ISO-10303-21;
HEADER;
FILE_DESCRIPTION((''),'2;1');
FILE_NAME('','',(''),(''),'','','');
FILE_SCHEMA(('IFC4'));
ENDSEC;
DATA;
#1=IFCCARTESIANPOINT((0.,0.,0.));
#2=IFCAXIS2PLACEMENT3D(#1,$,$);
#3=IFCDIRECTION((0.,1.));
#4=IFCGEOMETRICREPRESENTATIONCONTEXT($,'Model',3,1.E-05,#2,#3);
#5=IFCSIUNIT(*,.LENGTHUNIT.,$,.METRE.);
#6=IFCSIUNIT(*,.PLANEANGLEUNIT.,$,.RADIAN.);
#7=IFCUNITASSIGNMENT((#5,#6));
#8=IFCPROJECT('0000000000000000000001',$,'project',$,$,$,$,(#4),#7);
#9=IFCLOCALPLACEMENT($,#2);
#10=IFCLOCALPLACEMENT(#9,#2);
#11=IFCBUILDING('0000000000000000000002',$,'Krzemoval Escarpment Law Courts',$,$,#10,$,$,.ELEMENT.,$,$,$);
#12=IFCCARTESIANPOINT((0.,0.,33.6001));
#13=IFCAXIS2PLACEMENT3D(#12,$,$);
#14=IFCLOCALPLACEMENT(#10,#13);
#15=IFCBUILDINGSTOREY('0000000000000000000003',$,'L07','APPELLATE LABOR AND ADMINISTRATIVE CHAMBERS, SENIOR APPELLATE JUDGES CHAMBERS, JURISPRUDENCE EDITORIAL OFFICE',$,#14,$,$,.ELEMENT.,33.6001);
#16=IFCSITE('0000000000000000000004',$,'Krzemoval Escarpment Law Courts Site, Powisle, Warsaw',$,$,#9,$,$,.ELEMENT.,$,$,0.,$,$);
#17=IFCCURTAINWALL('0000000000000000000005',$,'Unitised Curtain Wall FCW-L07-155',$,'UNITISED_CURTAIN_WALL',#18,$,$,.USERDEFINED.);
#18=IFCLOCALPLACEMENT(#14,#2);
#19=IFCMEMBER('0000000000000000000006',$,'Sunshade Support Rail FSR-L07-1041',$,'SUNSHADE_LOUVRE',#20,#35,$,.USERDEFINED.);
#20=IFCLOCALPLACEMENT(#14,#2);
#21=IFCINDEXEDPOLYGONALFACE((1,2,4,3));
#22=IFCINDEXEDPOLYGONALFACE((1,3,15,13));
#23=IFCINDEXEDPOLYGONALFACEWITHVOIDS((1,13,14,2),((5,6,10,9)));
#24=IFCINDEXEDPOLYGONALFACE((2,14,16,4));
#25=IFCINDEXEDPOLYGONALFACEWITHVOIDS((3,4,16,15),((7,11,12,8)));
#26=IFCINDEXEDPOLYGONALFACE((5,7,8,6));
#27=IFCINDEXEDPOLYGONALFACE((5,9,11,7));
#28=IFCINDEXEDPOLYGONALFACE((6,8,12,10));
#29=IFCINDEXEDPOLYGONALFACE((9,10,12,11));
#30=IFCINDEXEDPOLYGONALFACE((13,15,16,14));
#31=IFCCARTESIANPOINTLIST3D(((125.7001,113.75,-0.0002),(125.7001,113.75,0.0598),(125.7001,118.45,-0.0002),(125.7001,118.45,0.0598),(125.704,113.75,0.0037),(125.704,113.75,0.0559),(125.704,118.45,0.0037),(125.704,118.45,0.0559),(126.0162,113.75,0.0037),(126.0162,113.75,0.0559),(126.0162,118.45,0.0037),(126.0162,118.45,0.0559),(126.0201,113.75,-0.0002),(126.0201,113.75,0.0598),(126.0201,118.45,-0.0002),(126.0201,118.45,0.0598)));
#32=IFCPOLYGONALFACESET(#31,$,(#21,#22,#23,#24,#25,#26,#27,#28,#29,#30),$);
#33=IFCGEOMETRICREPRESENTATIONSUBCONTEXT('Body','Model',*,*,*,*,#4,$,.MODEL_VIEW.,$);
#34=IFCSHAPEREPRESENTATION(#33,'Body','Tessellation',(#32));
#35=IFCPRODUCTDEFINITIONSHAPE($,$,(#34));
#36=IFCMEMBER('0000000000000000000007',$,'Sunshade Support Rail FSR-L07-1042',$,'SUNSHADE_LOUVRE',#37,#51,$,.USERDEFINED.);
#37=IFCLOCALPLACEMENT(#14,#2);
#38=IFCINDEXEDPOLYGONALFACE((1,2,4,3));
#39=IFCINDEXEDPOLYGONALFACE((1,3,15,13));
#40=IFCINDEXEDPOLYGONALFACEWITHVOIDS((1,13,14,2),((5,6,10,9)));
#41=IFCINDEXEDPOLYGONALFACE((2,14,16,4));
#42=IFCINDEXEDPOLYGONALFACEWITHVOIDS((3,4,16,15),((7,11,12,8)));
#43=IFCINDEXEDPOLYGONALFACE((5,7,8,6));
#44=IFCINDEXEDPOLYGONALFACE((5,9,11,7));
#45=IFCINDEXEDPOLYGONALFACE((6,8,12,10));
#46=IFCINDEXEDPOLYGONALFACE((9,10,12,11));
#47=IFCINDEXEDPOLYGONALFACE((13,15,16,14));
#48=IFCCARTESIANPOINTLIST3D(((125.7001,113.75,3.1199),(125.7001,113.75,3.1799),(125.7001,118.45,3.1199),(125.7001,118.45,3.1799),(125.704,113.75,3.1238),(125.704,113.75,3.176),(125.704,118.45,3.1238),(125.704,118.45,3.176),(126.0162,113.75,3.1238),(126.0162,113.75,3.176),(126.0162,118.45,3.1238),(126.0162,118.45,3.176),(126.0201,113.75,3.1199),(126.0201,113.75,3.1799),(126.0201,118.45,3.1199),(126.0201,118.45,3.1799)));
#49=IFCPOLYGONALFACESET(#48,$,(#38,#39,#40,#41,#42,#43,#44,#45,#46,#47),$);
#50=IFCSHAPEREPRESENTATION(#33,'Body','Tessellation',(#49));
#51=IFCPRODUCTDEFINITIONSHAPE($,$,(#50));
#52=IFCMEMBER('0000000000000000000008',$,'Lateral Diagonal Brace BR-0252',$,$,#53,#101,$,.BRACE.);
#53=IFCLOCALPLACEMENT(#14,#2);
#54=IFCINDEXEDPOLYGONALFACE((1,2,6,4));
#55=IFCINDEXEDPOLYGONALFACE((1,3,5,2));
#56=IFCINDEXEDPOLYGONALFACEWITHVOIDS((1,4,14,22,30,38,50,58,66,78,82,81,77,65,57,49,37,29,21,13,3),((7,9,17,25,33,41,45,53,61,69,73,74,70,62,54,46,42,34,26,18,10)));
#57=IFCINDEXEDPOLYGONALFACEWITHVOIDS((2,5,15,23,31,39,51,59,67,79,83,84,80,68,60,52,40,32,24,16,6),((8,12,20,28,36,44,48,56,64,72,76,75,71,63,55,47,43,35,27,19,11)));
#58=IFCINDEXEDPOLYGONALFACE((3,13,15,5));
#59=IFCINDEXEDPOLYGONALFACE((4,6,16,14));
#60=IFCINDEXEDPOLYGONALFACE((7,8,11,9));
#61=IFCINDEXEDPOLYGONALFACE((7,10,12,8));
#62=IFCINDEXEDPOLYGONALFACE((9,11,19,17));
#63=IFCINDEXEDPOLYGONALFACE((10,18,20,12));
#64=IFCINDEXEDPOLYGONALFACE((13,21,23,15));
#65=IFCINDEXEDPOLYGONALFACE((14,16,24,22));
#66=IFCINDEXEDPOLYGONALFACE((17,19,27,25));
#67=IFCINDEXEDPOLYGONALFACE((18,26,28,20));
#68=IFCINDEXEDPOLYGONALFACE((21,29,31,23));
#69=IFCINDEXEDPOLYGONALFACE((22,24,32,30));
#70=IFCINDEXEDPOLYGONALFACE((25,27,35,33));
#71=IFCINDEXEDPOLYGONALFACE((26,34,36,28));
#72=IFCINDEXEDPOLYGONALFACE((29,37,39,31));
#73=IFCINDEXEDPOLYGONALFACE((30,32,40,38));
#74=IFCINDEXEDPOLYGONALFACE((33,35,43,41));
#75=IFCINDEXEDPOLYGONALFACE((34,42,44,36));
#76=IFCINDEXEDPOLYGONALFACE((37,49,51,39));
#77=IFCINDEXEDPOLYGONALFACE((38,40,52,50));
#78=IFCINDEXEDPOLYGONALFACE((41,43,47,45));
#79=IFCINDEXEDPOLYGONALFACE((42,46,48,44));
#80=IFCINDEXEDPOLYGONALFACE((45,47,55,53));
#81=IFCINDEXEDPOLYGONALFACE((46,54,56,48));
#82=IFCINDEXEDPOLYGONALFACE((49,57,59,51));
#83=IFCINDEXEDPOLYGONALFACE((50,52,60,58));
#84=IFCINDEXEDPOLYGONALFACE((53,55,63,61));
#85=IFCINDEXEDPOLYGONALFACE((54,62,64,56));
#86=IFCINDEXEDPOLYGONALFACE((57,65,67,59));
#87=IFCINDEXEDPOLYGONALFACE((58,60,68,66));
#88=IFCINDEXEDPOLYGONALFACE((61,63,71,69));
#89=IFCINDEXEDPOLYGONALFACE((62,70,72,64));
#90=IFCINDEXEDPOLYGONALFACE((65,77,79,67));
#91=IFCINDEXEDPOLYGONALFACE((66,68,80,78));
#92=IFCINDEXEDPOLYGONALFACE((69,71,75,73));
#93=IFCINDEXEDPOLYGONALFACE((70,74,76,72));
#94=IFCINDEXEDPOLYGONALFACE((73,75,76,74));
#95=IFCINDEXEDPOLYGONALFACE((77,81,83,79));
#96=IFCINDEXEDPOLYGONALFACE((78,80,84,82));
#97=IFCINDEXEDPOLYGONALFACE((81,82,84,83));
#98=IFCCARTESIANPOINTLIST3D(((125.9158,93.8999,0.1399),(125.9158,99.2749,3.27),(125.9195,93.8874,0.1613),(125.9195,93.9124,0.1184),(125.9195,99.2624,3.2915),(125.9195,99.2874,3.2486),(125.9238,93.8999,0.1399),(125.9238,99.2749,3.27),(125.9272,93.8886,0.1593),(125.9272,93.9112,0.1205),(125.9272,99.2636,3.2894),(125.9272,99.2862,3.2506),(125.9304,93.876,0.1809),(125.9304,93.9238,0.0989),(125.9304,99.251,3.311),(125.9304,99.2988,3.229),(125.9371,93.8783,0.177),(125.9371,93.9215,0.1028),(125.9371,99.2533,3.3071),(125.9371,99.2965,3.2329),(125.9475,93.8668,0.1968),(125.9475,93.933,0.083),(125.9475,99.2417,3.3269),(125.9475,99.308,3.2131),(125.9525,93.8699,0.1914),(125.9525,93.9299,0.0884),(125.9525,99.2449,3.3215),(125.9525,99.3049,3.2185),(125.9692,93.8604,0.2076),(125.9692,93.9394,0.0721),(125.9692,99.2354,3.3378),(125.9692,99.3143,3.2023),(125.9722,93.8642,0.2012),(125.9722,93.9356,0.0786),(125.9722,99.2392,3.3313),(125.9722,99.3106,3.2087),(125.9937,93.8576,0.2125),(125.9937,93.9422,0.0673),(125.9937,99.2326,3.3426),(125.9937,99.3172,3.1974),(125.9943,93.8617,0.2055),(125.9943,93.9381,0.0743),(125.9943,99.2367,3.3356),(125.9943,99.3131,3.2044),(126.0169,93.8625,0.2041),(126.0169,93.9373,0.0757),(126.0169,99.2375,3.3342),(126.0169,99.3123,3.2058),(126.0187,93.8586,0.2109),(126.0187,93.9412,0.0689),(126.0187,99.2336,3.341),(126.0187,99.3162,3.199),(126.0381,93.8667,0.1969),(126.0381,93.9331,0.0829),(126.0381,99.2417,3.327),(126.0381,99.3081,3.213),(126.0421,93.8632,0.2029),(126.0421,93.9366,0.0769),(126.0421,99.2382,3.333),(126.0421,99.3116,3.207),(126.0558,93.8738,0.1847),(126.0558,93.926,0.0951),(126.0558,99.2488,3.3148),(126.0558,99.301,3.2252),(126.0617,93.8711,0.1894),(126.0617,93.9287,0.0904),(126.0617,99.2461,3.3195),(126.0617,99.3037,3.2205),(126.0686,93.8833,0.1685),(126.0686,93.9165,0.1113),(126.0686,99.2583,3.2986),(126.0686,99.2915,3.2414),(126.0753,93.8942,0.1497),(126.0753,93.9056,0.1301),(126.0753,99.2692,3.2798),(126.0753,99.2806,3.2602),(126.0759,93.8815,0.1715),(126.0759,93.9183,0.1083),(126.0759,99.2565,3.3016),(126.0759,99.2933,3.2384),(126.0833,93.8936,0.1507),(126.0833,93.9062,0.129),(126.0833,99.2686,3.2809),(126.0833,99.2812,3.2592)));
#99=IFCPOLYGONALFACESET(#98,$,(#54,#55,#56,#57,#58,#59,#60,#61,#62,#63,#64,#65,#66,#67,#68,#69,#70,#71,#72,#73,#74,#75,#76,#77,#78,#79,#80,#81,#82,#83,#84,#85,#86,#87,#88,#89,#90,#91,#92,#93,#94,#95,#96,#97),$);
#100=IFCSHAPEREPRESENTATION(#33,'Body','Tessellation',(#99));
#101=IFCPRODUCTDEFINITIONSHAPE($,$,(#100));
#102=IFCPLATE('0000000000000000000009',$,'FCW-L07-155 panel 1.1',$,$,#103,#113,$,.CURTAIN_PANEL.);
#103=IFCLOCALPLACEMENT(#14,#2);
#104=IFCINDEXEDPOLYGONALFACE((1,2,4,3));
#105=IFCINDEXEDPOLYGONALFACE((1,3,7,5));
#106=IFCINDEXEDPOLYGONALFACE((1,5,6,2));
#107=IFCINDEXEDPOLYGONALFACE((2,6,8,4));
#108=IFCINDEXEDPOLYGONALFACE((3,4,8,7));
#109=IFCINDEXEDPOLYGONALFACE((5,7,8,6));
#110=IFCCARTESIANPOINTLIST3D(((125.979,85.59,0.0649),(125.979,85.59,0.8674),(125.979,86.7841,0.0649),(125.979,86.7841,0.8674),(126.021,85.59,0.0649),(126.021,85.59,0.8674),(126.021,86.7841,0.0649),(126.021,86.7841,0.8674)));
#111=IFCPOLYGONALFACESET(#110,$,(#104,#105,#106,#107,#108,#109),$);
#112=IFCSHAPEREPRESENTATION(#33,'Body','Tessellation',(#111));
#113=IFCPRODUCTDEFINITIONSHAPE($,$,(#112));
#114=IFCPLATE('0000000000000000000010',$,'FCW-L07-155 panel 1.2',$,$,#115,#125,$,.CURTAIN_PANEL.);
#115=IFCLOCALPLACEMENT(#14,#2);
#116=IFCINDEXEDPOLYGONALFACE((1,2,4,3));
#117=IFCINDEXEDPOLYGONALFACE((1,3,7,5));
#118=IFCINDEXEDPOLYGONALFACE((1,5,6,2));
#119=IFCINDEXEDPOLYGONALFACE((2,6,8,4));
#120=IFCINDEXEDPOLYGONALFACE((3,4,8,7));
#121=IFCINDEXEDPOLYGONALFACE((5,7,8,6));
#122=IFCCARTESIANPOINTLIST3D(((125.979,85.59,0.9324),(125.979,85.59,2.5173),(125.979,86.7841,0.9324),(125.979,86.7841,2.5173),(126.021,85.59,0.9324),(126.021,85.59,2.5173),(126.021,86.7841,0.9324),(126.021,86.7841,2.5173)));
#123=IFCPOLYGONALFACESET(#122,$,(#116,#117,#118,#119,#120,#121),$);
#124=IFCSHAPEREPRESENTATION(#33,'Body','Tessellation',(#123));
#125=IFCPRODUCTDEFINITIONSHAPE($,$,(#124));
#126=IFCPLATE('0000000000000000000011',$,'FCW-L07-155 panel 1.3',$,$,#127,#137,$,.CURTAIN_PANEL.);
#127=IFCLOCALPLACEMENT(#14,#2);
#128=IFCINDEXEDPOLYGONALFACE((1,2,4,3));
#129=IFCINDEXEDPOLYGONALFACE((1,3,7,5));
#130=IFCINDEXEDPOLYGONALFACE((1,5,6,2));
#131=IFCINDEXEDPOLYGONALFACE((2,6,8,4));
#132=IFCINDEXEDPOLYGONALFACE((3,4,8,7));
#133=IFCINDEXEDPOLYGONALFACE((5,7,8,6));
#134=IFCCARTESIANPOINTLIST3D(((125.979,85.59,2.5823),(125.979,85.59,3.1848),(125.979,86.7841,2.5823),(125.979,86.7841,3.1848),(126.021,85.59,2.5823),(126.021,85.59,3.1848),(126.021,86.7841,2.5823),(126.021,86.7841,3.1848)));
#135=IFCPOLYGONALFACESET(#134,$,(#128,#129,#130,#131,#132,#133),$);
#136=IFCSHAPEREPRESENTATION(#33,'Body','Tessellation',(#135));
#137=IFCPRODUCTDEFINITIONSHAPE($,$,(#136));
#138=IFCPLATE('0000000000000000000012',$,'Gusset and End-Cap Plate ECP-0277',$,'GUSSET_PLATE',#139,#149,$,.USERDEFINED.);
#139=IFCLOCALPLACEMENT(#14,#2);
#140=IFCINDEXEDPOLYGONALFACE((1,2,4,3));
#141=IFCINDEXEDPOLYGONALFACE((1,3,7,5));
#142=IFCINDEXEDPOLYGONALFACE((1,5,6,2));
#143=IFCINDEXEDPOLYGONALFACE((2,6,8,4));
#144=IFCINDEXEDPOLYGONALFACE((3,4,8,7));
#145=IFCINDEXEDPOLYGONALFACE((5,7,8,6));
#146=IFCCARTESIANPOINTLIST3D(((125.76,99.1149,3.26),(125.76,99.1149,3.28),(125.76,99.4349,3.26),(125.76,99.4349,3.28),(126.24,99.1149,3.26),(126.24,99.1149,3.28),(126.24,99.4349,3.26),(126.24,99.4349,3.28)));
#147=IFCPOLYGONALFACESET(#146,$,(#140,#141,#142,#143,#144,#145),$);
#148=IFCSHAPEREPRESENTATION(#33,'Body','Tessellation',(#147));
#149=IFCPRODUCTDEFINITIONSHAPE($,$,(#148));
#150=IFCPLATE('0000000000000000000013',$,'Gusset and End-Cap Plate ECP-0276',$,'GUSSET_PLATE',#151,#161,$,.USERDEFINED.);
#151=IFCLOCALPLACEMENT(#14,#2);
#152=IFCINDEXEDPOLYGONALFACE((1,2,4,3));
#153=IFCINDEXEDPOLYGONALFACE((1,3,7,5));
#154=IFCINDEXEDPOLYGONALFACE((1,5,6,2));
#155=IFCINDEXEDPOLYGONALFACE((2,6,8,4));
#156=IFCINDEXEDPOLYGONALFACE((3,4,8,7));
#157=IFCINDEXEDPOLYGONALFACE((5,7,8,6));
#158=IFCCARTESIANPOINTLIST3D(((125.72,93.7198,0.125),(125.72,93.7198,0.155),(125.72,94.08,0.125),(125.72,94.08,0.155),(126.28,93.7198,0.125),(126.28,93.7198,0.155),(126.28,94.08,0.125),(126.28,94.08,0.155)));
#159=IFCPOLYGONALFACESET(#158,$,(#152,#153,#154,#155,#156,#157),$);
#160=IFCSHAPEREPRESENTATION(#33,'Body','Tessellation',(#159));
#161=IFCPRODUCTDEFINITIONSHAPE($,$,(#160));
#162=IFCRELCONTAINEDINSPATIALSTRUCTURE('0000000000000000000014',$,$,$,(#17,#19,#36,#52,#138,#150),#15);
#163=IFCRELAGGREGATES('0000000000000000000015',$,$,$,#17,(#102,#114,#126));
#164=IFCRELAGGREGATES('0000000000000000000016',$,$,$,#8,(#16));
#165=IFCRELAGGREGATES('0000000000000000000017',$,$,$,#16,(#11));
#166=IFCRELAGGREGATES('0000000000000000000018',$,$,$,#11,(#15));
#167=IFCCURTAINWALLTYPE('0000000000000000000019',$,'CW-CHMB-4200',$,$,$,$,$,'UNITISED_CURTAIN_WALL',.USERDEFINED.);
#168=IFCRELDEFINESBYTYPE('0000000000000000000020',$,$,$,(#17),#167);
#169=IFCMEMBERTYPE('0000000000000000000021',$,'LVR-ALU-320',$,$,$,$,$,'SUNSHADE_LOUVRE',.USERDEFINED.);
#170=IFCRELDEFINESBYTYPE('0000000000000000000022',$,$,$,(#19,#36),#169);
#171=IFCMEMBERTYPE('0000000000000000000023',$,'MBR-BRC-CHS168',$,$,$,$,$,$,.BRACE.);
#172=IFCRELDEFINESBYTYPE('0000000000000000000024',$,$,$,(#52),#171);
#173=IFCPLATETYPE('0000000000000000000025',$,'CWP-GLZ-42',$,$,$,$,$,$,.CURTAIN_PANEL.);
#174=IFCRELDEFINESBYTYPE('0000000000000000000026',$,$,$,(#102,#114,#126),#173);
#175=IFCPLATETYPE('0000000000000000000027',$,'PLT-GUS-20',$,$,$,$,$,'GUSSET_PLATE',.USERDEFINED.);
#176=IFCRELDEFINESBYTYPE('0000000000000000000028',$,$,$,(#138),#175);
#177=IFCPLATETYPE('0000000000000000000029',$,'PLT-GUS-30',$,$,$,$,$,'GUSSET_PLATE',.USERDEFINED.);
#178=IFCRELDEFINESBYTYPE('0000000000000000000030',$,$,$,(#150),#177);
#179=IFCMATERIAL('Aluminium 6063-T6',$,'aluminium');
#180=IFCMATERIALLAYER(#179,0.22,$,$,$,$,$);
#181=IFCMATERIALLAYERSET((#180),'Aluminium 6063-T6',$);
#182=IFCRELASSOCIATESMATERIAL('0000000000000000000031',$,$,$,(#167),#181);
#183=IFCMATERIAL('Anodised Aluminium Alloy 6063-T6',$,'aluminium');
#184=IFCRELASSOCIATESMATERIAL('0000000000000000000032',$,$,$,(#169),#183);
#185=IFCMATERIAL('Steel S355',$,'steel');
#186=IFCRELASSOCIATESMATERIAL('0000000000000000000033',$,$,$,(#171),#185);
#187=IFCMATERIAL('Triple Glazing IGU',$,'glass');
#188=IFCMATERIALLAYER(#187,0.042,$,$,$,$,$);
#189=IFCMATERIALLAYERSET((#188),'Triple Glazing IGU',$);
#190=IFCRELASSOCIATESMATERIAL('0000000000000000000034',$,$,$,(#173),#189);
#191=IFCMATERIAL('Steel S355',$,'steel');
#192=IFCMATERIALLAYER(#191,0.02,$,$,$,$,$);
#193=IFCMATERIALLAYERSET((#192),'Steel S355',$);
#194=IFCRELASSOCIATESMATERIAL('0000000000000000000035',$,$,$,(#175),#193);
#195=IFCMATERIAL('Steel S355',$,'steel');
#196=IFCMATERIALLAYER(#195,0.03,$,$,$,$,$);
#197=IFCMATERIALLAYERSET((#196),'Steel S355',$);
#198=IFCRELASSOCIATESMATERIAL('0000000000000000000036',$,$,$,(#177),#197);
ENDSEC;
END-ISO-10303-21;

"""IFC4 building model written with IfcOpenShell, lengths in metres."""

from ifc_helpers import new_model, si_unit, direction, frame, origin, origin_2d, place, context, subcontext, project, spatial, rectangle, hollow_rectangle, hollow_circle, extrude, material, layer, layer_set, material_profile, profile_set, type_object, element, aggregate, save


model = new_model("IFC4")

# Units and contexts
model_context = context("Model", 3, precision=1e-05, world=origin(), true_north=direction((0.0, 1.0)))
body_context = subcontext(model_context, "Body", "Model", "MODEL_VIEW")
ifc_project = project(units=[si_unit("LENGTHUNIT", "METRE"), si_unit("PLANEANGLEUNIT", "RADIAN")], contexts=[model_context])

# Site, building, storey
site_placement = place(None, origin())
site = spatial("IfcSite", under=ifc_project, at=site_placement, Name="Krzemoval Escarpment Law Courts Site, Powisle, Warsaw", CompositionType="ELEMENT", RefElevation=0.0)
building_placement = place(site_placement, origin())
building = spatial("IfcBuilding", under=site, at=building_placement, Name="Krzemoval Escarpment Law Courts", CompositionType="ELEMENT")
storey_placement = place(building_placement, frame((0.0, 0.0, 33.6001)))
storey = spatial("IfcBuildingStorey", under=building, at=storey_placement, Name="L07", Description="APPELLATE LABOR AND ADMINISTRATIVE CHAMBERS, SENIOR APPELLATE JUDGES CHAMBERS, JURISPRUDENCE EDITORIAL OFFICE", CompositionType="ELEMENT", Elevation=33.6001)

# Curtain wall
ifc_material_1 = material(Name="Aluminium 6063-T6", Category="aluminium")
ifc_layer_1 = layer(ifc_material_1, 0.22)
ifc_layer_set_1 = layer_set([ifc_layer_1], Name="Aluminium 6063-T6")
curtain_wall_type = type_object("IfcCurtainWallType", Name="CW-CHMB-4200", ElementType="UNITISED_CURTAIN_WALL", PredefinedType="USERDEFINED", material=ifc_layer_set_1)
curtain_wall_placement = place(storey_placement, origin())
curtain_wall = element("IfcCurtainWall", 1, at=curtain_wall_placement, inside=storey, type_object=curtain_wall_type, Name="Unitised Curtain Wall FCW-L07-155", ObjectType="UNITISED_CURTAIN_WALL", PredefinedType="USERDEFINED")

# Members
ifc_material_2 = material(Name="Anodised Aluminium Alloy 6063-T6", Category="aluminium")
ifc_material_profile_1 = material_profile(ifc_material_2, hollow_rectangle(XDim=0.0601, YDim=0.3201, WallThickness=0.0039, at=origin_2d()), Name="ALU LVR 60x320")
ifc_profile_set_1 = profile_set([ifc_material_profile_1], Name="Anodised Aluminium Alloy 6063-T6")
member_type_1 = type_object("IfcMemberType", Name="LVR-ALU-320", ElementType="SUNSHADE_LOUVRE", PredefinedType="USERDEFINED", material=ifc_profile_set_1)
for number, where, z_axis, x_axis, name in (
    (2, (125.8601, 113.75, 0.0298), (0.0, 1.0, 0.0), (0.0, 0.0, 1.0), "Sunshade Support Rail FSR-L07-1041"),
    (3, (125.8601, 113.75, 3.1499), (0.0, 1.0, 0.0), (0.0, 0.0, 1.0), "Sunshade Support Rail FSR-L07-1042"),
):
    element("IfcMember", number, at=place(storey_placement, frame(where, z_axis=z_axis, x_axis=x_axis)), inside=storey, type_object=member_type_1, Name=name, ObjectType="SUNSHADE_LOUVRE", PredefinedType="USERDEFINED", context=body_context, shape_type="SweptSolid", body=[
        extrude(hollow_rectangle(XDim=0.0601, YDim=0.3201, WallThickness=0.0039, at=origin_2d()), origin(), (0.0, 0.0, 1.0), 4.7),
    ])
ifc_material_3 = material(Name="Steel S355", Category="steel")
ifc_material_profile_2 = material_profile(ifc_material_3, hollow_circle(Radius=0.0842, WallThickness=0.0081, at=origin_2d()), Name="CHS 168.3x8")
ifc_profile_set_2 = profile_set([ifc_material_profile_2], Name="Steel S355")
member_type_2 = type_object("IfcMemberType", Name="MBR-BRC-CHS168", PredefinedType="BRACE", material=ifc_profile_set_2)
member_1_placement = place(storey_placement, frame((126.0, 93.8999, 0.1399), z_axis=(0.0, 0.864149, 0.503236), x_axis=(-1.0, 0.0, 0.0)))
element("IfcMember", 4, at=member_1_placement, inside=storey, type_object=member_type_2, Name="Lateral Diagonal Brace BR-0252", PredefinedType="BRACE", context=body_context, shape_type="SweptSolid", body=[
    extrude(hollow_circle(Radius=0.0842, WallThickness=0.0081, at=origin_2d()), origin(), (0.0, 0.0, 1.0), 6.22),
])

# Plates
ifc_material_4 = material(Name="Triple Glazing IGU", Category="glass")
ifc_layer_2 = layer(ifc_material_4, 0.042)
ifc_layer_set_2 = layer_set([ifc_layer_2], Name="Triple Glazing IGU")
plate_type_1 = type_object("IfcPlateType", Name="CWP-GLZ-42", PredefinedType="CURTAIN_PANEL", material=ifc_layer_set_2)
plate_1_placement = place(storey_placement, frame((126.0, 86.187, 0.0649), z_axis=(0.0, 0.0, 1.0), x_axis=(0.0, 1.0, 0.0)))
plate_1 = element("IfcPlate", 5, at=plate_1_placement, type_object=plate_type_1, Name="FCW-L07-155 panel 1.1", PredefinedType="CURTAIN_PANEL", context=body_context, shape_type="SweptSolid", body=[
    extrude(rectangle(XDim=1.1941, YDim=0.042, at=origin_2d()), origin(), (0.0, 0.0, 1.0), 0.8025),
])
plate_2_placement = place(storey_placement, frame((126.0, 86.187, 0.9324), z_axis=(0.0, 0.0, 1.0), x_axis=(0.0, 1.0, 0.0)))
plate_2 = element("IfcPlate", 6, at=plate_2_placement, type_object=plate_type_1, Name="FCW-L07-155 panel 1.2", PredefinedType="CURTAIN_PANEL", context=body_context, shape_type="SweptSolid", body=[
    extrude(rectangle(XDim=1.1941, YDim=0.042, at=origin_2d()), origin(), (0.0, 0.0, 1.0), 1.585),
])
plate_3_placement = place(storey_placement, frame((126.0, 86.187, 2.5823), z_axis=(0.0, 0.0, 1.0), x_axis=(0.0, 1.0, 0.0)))
plate_3 = element("IfcPlate", 7, at=plate_3_placement, type_object=plate_type_1, Name="FCW-L07-155 panel 1.3", PredefinedType="CURTAIN_PANEL", context=body_context, shape_type="SweptSolid", body=[
    extrude(rectangle(XDim=1.1941, YDim=0.042, at=origin_2d()), origin(), (0.0, 0.0, 1.0), 0.6025),
])
aggregate(curtain_wall, [plate_1, plate_2, plate_3])

# Plates
ifc_material_5 = material(Name="Steel S355", Category="steel")
ifc_layer_3 = layer(ifc_material_5, 0.02)
ifc_layer_set_3 = layer_set([ifc_layer_3], Name="Steel S355")
plate_type_2 = type_object("IfcPlateType", Name="PLT-GUS-20", ElementType="GUSSET_PLATE", PredefinedType="USERDEFINED", material=ifc_layer_set_3)
plate_4_placement = place(storey_placement, frame((126.0, 99.2749, 3.26), z_axis=(0.0, 0.0, 1.0), x_axis=(1.0, 0.0, 0.0)))
element("IfcPlate", 8, at=plate_4_placement, inside=storey, type_object=plate_type_2, Name="Gusset and End-Cap Plate ECP-0277", ObjectType="GUSSET_PLATE", PredefinedType="USERDEFINED", context=body_context, shape_type="SweptSolid", body=[
    extrude(rectangle(XDim=0.48, YDim=0.3201, at=origin_2d()), origin(), (0.0, 0.0, 1.0), 0.02),
])
ifc_material_6 = material(Name="Steel S355", Category="steel")
ifc_layer_4 = layer(ifc_material_6, 0.03)
ifc_layer_set_4 = layer_set([ifc_layer_4], Name="Steel S355")
plate_type_3 = type_object("IfcPlateType", Name="PLT-GUS-30", ElementType="GUSSET_PLATE", PredefinedType="USERDEFINED", material=ifc_layer_set_4)
plate_5_placement = place(storey_placement, frame((126.0, 93.8999, 0.125), z_axis=(0.0, 0.0, 1.0), x_axis=(1.0, 0.0, 0.0)))
element("IfcPlate", 9, at=plate_5_placement, inside=storey, type_object=plate_type_3, Name="Gusset and End-Cap Plate ECP-0276", ObjectType="GUSSET_PLATE", PredefinedType="USERDEFINED", context=body_context, shape_type="SweptSolid", body=[
    extrude(rectangle(XDim=0.5601, YDim=0.3601, at=origin_2d()), origin(), (0.0, 0.0, 1.0), 0.03),
])

save(model, "model.ifc")
